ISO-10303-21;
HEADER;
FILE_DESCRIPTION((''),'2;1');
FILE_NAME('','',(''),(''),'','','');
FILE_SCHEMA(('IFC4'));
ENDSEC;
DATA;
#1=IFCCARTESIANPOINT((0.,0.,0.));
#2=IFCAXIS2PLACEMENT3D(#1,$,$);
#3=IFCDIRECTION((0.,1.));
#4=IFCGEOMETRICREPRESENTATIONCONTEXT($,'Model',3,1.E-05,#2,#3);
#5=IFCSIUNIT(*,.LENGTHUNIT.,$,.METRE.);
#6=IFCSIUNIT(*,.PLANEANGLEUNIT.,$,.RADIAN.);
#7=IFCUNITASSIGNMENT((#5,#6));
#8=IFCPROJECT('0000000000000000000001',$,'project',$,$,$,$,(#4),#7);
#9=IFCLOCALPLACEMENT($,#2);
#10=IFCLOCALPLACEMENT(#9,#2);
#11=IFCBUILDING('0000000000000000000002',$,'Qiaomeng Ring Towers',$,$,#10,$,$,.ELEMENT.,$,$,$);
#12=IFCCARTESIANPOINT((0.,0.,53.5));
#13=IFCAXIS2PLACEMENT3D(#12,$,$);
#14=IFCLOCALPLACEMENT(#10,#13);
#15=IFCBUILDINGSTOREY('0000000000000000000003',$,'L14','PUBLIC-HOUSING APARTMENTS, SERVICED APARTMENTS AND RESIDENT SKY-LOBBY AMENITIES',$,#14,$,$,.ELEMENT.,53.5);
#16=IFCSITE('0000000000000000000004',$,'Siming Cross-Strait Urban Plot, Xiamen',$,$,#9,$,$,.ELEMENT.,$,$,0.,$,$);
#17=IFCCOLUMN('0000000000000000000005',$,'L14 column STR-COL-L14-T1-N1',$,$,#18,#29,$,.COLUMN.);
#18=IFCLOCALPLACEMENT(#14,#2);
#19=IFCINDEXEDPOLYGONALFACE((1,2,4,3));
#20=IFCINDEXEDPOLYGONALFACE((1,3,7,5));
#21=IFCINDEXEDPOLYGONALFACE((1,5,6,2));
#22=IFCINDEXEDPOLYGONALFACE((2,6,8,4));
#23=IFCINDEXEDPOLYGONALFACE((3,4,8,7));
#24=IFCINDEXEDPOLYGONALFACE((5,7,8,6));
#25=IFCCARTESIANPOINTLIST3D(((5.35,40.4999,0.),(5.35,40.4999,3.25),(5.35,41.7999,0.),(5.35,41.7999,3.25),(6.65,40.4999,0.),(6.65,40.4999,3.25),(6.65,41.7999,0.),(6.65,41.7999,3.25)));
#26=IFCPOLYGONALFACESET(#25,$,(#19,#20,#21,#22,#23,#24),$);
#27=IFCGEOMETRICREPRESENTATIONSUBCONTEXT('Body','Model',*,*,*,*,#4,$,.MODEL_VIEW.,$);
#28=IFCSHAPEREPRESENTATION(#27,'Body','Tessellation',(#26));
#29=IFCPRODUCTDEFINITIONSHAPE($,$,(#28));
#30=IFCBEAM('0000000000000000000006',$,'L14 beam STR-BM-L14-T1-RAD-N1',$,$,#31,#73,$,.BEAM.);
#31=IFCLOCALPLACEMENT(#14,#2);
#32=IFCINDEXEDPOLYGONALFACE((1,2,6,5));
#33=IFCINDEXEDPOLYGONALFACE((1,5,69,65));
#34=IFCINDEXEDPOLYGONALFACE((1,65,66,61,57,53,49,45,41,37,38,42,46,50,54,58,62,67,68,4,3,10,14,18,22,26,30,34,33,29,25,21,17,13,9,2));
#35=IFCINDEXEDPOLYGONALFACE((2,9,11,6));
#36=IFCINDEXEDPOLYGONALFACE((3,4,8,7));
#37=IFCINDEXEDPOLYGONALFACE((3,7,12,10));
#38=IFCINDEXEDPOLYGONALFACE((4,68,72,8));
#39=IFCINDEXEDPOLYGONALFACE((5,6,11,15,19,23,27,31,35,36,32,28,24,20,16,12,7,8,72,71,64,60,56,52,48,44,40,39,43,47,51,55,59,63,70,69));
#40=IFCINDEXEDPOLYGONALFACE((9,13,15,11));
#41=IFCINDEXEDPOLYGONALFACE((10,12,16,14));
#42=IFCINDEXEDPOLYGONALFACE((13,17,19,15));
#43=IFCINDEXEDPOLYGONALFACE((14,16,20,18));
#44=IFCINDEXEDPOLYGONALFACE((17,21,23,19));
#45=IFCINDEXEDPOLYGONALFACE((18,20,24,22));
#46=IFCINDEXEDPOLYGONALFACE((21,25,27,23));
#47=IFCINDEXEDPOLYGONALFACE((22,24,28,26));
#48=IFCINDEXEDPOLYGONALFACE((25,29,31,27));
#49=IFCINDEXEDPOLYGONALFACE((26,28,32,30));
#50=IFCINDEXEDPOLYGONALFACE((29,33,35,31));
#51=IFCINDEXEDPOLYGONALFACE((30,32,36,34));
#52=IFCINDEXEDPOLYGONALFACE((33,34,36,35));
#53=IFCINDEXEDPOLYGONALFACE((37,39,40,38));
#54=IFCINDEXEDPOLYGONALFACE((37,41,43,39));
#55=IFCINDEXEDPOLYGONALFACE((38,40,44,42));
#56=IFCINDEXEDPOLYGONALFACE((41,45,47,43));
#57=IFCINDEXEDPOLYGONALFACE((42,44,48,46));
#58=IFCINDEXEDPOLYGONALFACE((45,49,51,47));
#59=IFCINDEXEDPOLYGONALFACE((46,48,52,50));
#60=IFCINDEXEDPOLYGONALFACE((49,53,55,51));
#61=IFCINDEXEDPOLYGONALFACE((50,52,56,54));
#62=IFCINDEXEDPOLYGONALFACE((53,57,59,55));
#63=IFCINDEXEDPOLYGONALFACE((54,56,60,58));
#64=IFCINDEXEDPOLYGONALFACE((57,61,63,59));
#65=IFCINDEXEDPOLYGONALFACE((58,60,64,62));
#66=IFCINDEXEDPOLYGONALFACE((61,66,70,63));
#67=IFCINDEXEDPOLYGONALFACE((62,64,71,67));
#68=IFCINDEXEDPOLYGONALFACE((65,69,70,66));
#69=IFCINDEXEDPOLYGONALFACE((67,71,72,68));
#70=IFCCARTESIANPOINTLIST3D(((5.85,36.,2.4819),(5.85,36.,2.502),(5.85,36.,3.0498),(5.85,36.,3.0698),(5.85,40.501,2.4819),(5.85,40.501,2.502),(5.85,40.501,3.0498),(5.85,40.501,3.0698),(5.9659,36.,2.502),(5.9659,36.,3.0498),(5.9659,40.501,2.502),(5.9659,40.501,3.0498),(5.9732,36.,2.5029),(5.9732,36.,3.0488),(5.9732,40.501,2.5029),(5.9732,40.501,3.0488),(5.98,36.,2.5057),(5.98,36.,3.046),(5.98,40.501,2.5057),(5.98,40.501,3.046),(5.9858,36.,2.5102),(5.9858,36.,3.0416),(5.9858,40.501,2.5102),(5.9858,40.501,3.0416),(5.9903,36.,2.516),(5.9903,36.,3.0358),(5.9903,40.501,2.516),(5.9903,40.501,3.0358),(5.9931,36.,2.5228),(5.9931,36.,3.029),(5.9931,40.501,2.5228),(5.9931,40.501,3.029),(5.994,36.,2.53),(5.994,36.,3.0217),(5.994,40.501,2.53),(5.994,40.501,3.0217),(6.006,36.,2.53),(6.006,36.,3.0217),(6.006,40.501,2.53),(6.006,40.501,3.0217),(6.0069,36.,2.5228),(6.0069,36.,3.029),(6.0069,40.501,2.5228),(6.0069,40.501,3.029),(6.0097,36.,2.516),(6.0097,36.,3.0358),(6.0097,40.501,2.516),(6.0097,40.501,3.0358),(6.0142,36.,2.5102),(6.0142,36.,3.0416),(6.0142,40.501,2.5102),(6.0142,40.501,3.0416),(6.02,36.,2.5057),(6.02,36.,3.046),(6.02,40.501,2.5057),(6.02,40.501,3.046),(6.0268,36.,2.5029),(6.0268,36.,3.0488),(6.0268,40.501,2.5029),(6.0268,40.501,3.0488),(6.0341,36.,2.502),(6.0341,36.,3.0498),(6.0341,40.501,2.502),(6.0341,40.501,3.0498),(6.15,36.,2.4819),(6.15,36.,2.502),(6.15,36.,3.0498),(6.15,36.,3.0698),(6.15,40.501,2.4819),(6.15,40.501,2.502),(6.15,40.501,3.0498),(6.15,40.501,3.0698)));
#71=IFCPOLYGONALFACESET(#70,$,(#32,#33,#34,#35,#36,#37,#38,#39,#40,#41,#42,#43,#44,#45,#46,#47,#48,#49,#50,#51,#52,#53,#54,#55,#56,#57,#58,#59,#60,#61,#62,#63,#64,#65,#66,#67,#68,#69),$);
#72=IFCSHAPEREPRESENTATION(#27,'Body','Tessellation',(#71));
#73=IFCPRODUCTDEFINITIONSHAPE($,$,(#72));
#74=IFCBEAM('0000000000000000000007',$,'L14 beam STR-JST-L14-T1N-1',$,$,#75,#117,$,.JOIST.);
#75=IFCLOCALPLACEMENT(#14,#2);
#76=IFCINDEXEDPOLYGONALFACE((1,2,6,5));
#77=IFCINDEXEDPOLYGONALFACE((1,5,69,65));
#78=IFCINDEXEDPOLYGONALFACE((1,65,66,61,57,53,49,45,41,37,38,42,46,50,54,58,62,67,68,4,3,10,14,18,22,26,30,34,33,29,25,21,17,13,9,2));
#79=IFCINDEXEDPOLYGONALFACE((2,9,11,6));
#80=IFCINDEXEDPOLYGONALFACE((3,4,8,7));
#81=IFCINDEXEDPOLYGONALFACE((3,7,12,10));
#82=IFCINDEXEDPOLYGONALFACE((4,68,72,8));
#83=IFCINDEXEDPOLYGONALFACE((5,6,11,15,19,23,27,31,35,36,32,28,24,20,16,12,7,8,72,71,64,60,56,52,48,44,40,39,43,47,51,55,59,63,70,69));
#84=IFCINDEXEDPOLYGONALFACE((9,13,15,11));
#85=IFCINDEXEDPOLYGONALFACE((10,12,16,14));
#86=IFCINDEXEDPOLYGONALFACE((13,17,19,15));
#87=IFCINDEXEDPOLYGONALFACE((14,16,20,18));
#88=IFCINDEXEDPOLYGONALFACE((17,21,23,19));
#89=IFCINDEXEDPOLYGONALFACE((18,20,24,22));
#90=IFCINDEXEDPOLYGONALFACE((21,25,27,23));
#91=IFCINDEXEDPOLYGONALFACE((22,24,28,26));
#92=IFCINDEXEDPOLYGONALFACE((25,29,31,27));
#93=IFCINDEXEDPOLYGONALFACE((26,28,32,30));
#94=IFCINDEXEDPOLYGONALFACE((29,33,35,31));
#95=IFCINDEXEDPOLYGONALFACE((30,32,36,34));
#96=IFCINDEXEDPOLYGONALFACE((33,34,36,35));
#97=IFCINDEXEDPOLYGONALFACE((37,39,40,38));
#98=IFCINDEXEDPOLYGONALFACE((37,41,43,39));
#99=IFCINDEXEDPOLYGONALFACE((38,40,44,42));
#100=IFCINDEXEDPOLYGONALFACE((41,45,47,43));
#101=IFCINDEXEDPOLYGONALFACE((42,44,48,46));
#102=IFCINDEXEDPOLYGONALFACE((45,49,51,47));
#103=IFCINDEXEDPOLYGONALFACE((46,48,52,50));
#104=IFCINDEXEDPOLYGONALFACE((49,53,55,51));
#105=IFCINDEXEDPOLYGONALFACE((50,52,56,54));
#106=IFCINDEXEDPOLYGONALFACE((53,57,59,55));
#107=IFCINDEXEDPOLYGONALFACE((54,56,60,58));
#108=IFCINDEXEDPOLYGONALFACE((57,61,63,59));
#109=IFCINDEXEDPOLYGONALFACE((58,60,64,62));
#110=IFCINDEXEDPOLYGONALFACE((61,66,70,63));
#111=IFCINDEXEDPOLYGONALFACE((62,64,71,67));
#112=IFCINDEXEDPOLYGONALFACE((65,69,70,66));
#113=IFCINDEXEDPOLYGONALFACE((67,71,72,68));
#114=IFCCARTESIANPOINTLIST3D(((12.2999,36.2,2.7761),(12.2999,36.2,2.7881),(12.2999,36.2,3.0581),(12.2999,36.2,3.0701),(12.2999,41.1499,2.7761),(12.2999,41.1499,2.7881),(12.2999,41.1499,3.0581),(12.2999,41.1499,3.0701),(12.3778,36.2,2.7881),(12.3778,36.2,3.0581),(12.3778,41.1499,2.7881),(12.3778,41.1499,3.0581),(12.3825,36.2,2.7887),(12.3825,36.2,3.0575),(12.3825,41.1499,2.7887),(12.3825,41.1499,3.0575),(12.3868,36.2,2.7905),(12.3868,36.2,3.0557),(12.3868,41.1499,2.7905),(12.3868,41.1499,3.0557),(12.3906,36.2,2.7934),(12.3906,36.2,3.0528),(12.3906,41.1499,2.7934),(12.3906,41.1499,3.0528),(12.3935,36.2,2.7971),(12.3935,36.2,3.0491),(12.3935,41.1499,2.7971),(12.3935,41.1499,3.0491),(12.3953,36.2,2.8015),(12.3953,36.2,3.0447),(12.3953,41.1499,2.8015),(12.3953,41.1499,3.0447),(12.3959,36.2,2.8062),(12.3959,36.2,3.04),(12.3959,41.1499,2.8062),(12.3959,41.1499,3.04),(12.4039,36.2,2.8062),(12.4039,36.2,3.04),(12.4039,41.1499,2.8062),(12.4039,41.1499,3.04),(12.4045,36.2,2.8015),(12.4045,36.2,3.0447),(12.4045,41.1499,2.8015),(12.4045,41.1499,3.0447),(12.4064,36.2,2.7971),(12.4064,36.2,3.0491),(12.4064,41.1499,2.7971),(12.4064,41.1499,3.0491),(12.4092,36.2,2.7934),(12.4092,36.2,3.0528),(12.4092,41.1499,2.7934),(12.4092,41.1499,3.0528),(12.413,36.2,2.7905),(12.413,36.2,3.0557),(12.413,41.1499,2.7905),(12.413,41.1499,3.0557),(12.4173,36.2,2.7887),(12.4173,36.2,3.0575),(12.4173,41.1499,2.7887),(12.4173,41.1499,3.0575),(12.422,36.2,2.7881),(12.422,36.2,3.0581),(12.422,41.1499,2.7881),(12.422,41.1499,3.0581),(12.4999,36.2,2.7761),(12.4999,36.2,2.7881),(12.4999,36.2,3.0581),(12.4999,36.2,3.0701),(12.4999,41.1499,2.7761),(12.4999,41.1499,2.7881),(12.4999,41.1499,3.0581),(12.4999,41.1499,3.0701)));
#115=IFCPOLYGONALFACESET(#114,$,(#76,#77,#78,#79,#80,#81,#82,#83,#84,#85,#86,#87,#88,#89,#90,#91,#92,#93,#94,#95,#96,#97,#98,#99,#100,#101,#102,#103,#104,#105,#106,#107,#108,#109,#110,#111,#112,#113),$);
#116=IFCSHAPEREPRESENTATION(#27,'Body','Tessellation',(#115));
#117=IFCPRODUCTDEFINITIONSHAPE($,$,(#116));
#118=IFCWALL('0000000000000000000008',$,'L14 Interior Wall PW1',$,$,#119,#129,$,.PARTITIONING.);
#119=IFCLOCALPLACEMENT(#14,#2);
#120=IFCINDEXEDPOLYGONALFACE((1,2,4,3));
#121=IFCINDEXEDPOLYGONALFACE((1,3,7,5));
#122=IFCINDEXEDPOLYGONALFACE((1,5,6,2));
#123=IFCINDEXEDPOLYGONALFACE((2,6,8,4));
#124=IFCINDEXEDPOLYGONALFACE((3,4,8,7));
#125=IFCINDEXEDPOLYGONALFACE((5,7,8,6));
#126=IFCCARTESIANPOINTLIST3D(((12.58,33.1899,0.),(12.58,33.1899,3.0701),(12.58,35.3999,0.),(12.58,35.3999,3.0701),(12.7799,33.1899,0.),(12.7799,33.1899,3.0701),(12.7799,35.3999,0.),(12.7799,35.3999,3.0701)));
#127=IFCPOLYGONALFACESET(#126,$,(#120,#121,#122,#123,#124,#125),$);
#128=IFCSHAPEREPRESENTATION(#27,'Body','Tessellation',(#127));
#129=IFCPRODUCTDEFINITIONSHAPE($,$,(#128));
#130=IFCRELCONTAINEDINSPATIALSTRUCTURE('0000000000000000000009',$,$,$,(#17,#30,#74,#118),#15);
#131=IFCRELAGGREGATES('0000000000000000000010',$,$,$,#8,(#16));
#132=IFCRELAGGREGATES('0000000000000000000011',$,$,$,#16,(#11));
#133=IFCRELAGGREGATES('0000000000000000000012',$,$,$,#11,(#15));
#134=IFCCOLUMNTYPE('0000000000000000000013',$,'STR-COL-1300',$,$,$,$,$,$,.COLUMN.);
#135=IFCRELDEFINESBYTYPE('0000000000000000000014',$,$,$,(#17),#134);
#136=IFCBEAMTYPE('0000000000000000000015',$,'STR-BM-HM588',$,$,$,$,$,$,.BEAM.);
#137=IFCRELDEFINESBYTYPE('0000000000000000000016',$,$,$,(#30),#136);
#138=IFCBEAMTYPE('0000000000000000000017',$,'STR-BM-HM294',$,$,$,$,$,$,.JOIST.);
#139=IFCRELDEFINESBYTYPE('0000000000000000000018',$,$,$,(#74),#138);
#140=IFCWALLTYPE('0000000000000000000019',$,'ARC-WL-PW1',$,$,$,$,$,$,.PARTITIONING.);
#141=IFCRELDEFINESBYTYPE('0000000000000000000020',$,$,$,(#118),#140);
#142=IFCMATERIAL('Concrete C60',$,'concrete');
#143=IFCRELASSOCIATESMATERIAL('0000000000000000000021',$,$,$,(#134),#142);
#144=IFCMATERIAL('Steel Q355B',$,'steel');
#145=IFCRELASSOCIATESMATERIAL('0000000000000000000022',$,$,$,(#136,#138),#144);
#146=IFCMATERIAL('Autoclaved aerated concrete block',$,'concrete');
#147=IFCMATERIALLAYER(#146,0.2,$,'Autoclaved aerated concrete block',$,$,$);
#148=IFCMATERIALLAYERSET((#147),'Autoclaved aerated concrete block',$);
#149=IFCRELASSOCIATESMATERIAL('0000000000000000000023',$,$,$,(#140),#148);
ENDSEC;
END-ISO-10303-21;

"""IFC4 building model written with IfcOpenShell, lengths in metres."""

from ifc_helpers import new_model, si_unit, direction, frame, frame_2d, origin, origin_2d, place, context, subcontext, project, spatial, rectangle, i_section, extrude, source, transform, mapped, material, layer, layer_set, material_profile, profile_set, type_object, element, save


model = new_model("IFC4")

# Units and contexts
model_context = context("Model", 3, precision=1e-05, world=origin(), true_north=direction((0.0, 1.0)))
body_context = subcontext(model_context, "Body", "Model", "MODEL_VIEW")
ifc_project = project(units=[si_unit("LENGTHUNIT", "METRE"), si_unit("PLANEANGLEUNIT", "RADIAN")], contexts=[model_context])

# Site, building, storey
site_placement = place(None, origin())
site = spatial("IfcSite", under=ifc_project, at=site_placement, Name="Siming Cross-Strait Urban Plot, Xiamen", CompositionType="ELEMENT", RefElevation=0.0)
building_placement = place(site_placement, origin())
building = spatial("IfcBuilding", under=site, at=building_placement, Name="Qiaomeng Ring Towers", CompositionType="ELEMENT")
storey_placement = place(building_placement, frame((0.0, 0.0, 53.5)))
storey = spatial("IfcBuildingStorey", under=building, at=storey_placement, Name="L14", Description="PUBLIC-HOUSING APARTMENTS, SERVICED APARTMENTS AND RESIDENT SKY-LOBBY AMENITIES", CompositionType="ELEMENT", Elevation=53.5)

# Column
ifc_material_1 = material(Name="Concrete C60", Category="concrete")
ifc_material_profile_1 = material_profile(ifc_material_1, rectangle(XDim=1.3, YDim=1.3, at=origin_2d()), Name="RC COL 1300x1300")
ifc_profile_set_1 = profile_set([ifc_material_profile_1], Name="Concrete C60")
column_type = type_object("IfcColumnType", Name="STR-COL-1300", PredefinedType="COLUMN", material=ifc_profile_set_1)
shared_shape_1 = source(origin(), body_context, "Body", "SweptSolid", [
    extrude(rectangle(XDim=1.3, YDim=1.3, at=origin_2d()), origin(), (0.0, 0.0, 1.0), 3.25),
])
column_placement = place(storey_placement, frame((6.0, 41.1499, 0.0), z_axis=(0.0, 0.0, 1.0), x_axis=(1.0, 0.0, 0.0)))
element("IfcColumn", 1, at=column_placement, inside=storey, type_object=column_type, Name="L14 column STR-COL-L14-T1-N1", PredefinedType="COLUMN", context=body_context, shape_type="MappedRepresentation", body=[
    mapped(shared_shape_1, transform((0.0, 0.0, 0.0), x_axis=(1.0, 0.0, 0.0), y_axis=(0.0, 1.0, 0.0), z_axis=(0.0, 0.0, 1.0), scale=1.0)),
])

# Beams
ifc_material_2 = material(Name="Steel Q355B", Category="steel")
ifc_material_profile_2 = material_profile(ifc_material_2, i_section(OverallWidth=0.3, OverallDepth=0.5879, WebThickness=0.012, FlangeThickness=0.02, FilletRadius=0.0281, at=origin_2d()), Name="HM 588x300x12x20")
ifc_profile_set_2 = profile_set([ifc_material_profile_2], Name="Steel Q355B")
beam_type_1 = type_object("IfcBeamType", Name="STR-BM-HM588", PredefinedType="BEAM", material=ifc_profile_set_2)
shared_shape_2 = source(origin(), body_context, "Body", "SweptSolid", [
    extrude(i_section(OverallWidth=0.3, OverallDepth=0.5879, WebThickness=0.012, FlangeThickness=0.02, FilletRadius=0.0281, at=origin_2d()), origin(), (0.0, 0.0, 1.0), 4.501),
])
beam_1_placement = place(storey_placement, frame((6.0, 40.501, 2.7759), z_axis=(0.0, -1.0, 0.0), x_axis=(1.0, 0.0, 0.0)))
element("IfcBeam", 2, at=beam_1_placement, inside=storey, type_object=beam_type_1, Name="L14 beam STR-BM-L14-T1-RAD-N1", PredefinedType="BEAM", context=body_context, shape_type="MappedRepresentation", body=[
    mapped(shared_shape_2, transform((0.0, 0.0, 0.0), x_axis=(1.0, 0.0, 0.0), y_axis=(0.0, 1.0, 0.0), z_axis=(0.0, 0.0, 1.0), scale=1.0)),
])
ifc_material_profile_3 = material_profile(ifc_material_2, i_section(OverallWidth=0.2, OverallDepth=0.2939, WebThickness=0.0081, FlangeThickness=0.012, FilletRadius=0.0181, at=origin_2d()), Name="HM 294x200x8x12")
ifc_profile_set_3 = profile_set([ifc_material_profile_3], Name="Steel Q355B")
beam_type_2 = type_object("IfcBeamType", Name="STR-BM-HM294", PredefinedType="JOIST", material=ifc_profile_set_3)
shared_shape_3 = source(origin(), body_context, "Body", "SweptSolid", [
    extrude(i_section(OverallWidth=0.2, OverallDepth=0.2939, WebThickness=0.0081, FlangeThickness=0.012, FilletRadius=0.0181, at=origin_2d()), origin(), (0.0, 0.0, 1.0), 4.95),
])
beam_2_placement = place(storey_placement, frame((12.3999, 36.2, 2.9231), z_axis=(0.0, 1.0, 0.0), x_axis=(-1.0, 0.0, 0.0)))
element("IfcBeam", 3, at=beam_2_placement, inside=storey, type_object=beam_type_2, Name="L14 beam STR-JST-L14-T1N-1", PredefinedType="JOIST", context=body_context, shape_type="MappedRepresentation", body=[
    mapped(shared_shape_3, transform((0.0, 0.0, 0.0), x_axis=(1.0, 0.0, 0.0), y_axis=(0.0, 1.0, 0.0), z_axis=(0.0, 0.0, 1.0), scale=1.0)),
])

# Wall
ifc_material_3 = material(Name="Autoclaved aerated concrete block", Category="concrete")
ifc_layer_1 = layer(ifc_material_3, 0.2, Name="Autoclaved aerated concrete block")
ifc_layer_set_1 = layer_set([ifc_layer_1], Name="Autoclaved aerated concrete block")
wall_type_1 = type_object("IfcWallType", Name="ARC-WL-PW1", PredefinedType="PARTITIONING", material=ifc_layer_set_1)
wall_1_placement = place(storey_placement, frame((12.6799, 33.1899, 0.0), z_axis=(0.0, 0.0, 1.0), x_axis=(0.0, 1.0, 0.0)))
element("IfcWall", 4, at=wall_1_placement, inside=storey, type_object=wall_type_1, Name="L14 Interior Wall PW1", PredefinedType="PARTITIONING", context=body_context, shape_type="SweptSolid", body=[
    extrude(rectangle(XDim=2.21, YDim=0.2, at=frame_2d((1.105, 0.0))), origin(), (0.0, 0.0, 1.0), 3.0701),
])

save(model, "model.ifc")
